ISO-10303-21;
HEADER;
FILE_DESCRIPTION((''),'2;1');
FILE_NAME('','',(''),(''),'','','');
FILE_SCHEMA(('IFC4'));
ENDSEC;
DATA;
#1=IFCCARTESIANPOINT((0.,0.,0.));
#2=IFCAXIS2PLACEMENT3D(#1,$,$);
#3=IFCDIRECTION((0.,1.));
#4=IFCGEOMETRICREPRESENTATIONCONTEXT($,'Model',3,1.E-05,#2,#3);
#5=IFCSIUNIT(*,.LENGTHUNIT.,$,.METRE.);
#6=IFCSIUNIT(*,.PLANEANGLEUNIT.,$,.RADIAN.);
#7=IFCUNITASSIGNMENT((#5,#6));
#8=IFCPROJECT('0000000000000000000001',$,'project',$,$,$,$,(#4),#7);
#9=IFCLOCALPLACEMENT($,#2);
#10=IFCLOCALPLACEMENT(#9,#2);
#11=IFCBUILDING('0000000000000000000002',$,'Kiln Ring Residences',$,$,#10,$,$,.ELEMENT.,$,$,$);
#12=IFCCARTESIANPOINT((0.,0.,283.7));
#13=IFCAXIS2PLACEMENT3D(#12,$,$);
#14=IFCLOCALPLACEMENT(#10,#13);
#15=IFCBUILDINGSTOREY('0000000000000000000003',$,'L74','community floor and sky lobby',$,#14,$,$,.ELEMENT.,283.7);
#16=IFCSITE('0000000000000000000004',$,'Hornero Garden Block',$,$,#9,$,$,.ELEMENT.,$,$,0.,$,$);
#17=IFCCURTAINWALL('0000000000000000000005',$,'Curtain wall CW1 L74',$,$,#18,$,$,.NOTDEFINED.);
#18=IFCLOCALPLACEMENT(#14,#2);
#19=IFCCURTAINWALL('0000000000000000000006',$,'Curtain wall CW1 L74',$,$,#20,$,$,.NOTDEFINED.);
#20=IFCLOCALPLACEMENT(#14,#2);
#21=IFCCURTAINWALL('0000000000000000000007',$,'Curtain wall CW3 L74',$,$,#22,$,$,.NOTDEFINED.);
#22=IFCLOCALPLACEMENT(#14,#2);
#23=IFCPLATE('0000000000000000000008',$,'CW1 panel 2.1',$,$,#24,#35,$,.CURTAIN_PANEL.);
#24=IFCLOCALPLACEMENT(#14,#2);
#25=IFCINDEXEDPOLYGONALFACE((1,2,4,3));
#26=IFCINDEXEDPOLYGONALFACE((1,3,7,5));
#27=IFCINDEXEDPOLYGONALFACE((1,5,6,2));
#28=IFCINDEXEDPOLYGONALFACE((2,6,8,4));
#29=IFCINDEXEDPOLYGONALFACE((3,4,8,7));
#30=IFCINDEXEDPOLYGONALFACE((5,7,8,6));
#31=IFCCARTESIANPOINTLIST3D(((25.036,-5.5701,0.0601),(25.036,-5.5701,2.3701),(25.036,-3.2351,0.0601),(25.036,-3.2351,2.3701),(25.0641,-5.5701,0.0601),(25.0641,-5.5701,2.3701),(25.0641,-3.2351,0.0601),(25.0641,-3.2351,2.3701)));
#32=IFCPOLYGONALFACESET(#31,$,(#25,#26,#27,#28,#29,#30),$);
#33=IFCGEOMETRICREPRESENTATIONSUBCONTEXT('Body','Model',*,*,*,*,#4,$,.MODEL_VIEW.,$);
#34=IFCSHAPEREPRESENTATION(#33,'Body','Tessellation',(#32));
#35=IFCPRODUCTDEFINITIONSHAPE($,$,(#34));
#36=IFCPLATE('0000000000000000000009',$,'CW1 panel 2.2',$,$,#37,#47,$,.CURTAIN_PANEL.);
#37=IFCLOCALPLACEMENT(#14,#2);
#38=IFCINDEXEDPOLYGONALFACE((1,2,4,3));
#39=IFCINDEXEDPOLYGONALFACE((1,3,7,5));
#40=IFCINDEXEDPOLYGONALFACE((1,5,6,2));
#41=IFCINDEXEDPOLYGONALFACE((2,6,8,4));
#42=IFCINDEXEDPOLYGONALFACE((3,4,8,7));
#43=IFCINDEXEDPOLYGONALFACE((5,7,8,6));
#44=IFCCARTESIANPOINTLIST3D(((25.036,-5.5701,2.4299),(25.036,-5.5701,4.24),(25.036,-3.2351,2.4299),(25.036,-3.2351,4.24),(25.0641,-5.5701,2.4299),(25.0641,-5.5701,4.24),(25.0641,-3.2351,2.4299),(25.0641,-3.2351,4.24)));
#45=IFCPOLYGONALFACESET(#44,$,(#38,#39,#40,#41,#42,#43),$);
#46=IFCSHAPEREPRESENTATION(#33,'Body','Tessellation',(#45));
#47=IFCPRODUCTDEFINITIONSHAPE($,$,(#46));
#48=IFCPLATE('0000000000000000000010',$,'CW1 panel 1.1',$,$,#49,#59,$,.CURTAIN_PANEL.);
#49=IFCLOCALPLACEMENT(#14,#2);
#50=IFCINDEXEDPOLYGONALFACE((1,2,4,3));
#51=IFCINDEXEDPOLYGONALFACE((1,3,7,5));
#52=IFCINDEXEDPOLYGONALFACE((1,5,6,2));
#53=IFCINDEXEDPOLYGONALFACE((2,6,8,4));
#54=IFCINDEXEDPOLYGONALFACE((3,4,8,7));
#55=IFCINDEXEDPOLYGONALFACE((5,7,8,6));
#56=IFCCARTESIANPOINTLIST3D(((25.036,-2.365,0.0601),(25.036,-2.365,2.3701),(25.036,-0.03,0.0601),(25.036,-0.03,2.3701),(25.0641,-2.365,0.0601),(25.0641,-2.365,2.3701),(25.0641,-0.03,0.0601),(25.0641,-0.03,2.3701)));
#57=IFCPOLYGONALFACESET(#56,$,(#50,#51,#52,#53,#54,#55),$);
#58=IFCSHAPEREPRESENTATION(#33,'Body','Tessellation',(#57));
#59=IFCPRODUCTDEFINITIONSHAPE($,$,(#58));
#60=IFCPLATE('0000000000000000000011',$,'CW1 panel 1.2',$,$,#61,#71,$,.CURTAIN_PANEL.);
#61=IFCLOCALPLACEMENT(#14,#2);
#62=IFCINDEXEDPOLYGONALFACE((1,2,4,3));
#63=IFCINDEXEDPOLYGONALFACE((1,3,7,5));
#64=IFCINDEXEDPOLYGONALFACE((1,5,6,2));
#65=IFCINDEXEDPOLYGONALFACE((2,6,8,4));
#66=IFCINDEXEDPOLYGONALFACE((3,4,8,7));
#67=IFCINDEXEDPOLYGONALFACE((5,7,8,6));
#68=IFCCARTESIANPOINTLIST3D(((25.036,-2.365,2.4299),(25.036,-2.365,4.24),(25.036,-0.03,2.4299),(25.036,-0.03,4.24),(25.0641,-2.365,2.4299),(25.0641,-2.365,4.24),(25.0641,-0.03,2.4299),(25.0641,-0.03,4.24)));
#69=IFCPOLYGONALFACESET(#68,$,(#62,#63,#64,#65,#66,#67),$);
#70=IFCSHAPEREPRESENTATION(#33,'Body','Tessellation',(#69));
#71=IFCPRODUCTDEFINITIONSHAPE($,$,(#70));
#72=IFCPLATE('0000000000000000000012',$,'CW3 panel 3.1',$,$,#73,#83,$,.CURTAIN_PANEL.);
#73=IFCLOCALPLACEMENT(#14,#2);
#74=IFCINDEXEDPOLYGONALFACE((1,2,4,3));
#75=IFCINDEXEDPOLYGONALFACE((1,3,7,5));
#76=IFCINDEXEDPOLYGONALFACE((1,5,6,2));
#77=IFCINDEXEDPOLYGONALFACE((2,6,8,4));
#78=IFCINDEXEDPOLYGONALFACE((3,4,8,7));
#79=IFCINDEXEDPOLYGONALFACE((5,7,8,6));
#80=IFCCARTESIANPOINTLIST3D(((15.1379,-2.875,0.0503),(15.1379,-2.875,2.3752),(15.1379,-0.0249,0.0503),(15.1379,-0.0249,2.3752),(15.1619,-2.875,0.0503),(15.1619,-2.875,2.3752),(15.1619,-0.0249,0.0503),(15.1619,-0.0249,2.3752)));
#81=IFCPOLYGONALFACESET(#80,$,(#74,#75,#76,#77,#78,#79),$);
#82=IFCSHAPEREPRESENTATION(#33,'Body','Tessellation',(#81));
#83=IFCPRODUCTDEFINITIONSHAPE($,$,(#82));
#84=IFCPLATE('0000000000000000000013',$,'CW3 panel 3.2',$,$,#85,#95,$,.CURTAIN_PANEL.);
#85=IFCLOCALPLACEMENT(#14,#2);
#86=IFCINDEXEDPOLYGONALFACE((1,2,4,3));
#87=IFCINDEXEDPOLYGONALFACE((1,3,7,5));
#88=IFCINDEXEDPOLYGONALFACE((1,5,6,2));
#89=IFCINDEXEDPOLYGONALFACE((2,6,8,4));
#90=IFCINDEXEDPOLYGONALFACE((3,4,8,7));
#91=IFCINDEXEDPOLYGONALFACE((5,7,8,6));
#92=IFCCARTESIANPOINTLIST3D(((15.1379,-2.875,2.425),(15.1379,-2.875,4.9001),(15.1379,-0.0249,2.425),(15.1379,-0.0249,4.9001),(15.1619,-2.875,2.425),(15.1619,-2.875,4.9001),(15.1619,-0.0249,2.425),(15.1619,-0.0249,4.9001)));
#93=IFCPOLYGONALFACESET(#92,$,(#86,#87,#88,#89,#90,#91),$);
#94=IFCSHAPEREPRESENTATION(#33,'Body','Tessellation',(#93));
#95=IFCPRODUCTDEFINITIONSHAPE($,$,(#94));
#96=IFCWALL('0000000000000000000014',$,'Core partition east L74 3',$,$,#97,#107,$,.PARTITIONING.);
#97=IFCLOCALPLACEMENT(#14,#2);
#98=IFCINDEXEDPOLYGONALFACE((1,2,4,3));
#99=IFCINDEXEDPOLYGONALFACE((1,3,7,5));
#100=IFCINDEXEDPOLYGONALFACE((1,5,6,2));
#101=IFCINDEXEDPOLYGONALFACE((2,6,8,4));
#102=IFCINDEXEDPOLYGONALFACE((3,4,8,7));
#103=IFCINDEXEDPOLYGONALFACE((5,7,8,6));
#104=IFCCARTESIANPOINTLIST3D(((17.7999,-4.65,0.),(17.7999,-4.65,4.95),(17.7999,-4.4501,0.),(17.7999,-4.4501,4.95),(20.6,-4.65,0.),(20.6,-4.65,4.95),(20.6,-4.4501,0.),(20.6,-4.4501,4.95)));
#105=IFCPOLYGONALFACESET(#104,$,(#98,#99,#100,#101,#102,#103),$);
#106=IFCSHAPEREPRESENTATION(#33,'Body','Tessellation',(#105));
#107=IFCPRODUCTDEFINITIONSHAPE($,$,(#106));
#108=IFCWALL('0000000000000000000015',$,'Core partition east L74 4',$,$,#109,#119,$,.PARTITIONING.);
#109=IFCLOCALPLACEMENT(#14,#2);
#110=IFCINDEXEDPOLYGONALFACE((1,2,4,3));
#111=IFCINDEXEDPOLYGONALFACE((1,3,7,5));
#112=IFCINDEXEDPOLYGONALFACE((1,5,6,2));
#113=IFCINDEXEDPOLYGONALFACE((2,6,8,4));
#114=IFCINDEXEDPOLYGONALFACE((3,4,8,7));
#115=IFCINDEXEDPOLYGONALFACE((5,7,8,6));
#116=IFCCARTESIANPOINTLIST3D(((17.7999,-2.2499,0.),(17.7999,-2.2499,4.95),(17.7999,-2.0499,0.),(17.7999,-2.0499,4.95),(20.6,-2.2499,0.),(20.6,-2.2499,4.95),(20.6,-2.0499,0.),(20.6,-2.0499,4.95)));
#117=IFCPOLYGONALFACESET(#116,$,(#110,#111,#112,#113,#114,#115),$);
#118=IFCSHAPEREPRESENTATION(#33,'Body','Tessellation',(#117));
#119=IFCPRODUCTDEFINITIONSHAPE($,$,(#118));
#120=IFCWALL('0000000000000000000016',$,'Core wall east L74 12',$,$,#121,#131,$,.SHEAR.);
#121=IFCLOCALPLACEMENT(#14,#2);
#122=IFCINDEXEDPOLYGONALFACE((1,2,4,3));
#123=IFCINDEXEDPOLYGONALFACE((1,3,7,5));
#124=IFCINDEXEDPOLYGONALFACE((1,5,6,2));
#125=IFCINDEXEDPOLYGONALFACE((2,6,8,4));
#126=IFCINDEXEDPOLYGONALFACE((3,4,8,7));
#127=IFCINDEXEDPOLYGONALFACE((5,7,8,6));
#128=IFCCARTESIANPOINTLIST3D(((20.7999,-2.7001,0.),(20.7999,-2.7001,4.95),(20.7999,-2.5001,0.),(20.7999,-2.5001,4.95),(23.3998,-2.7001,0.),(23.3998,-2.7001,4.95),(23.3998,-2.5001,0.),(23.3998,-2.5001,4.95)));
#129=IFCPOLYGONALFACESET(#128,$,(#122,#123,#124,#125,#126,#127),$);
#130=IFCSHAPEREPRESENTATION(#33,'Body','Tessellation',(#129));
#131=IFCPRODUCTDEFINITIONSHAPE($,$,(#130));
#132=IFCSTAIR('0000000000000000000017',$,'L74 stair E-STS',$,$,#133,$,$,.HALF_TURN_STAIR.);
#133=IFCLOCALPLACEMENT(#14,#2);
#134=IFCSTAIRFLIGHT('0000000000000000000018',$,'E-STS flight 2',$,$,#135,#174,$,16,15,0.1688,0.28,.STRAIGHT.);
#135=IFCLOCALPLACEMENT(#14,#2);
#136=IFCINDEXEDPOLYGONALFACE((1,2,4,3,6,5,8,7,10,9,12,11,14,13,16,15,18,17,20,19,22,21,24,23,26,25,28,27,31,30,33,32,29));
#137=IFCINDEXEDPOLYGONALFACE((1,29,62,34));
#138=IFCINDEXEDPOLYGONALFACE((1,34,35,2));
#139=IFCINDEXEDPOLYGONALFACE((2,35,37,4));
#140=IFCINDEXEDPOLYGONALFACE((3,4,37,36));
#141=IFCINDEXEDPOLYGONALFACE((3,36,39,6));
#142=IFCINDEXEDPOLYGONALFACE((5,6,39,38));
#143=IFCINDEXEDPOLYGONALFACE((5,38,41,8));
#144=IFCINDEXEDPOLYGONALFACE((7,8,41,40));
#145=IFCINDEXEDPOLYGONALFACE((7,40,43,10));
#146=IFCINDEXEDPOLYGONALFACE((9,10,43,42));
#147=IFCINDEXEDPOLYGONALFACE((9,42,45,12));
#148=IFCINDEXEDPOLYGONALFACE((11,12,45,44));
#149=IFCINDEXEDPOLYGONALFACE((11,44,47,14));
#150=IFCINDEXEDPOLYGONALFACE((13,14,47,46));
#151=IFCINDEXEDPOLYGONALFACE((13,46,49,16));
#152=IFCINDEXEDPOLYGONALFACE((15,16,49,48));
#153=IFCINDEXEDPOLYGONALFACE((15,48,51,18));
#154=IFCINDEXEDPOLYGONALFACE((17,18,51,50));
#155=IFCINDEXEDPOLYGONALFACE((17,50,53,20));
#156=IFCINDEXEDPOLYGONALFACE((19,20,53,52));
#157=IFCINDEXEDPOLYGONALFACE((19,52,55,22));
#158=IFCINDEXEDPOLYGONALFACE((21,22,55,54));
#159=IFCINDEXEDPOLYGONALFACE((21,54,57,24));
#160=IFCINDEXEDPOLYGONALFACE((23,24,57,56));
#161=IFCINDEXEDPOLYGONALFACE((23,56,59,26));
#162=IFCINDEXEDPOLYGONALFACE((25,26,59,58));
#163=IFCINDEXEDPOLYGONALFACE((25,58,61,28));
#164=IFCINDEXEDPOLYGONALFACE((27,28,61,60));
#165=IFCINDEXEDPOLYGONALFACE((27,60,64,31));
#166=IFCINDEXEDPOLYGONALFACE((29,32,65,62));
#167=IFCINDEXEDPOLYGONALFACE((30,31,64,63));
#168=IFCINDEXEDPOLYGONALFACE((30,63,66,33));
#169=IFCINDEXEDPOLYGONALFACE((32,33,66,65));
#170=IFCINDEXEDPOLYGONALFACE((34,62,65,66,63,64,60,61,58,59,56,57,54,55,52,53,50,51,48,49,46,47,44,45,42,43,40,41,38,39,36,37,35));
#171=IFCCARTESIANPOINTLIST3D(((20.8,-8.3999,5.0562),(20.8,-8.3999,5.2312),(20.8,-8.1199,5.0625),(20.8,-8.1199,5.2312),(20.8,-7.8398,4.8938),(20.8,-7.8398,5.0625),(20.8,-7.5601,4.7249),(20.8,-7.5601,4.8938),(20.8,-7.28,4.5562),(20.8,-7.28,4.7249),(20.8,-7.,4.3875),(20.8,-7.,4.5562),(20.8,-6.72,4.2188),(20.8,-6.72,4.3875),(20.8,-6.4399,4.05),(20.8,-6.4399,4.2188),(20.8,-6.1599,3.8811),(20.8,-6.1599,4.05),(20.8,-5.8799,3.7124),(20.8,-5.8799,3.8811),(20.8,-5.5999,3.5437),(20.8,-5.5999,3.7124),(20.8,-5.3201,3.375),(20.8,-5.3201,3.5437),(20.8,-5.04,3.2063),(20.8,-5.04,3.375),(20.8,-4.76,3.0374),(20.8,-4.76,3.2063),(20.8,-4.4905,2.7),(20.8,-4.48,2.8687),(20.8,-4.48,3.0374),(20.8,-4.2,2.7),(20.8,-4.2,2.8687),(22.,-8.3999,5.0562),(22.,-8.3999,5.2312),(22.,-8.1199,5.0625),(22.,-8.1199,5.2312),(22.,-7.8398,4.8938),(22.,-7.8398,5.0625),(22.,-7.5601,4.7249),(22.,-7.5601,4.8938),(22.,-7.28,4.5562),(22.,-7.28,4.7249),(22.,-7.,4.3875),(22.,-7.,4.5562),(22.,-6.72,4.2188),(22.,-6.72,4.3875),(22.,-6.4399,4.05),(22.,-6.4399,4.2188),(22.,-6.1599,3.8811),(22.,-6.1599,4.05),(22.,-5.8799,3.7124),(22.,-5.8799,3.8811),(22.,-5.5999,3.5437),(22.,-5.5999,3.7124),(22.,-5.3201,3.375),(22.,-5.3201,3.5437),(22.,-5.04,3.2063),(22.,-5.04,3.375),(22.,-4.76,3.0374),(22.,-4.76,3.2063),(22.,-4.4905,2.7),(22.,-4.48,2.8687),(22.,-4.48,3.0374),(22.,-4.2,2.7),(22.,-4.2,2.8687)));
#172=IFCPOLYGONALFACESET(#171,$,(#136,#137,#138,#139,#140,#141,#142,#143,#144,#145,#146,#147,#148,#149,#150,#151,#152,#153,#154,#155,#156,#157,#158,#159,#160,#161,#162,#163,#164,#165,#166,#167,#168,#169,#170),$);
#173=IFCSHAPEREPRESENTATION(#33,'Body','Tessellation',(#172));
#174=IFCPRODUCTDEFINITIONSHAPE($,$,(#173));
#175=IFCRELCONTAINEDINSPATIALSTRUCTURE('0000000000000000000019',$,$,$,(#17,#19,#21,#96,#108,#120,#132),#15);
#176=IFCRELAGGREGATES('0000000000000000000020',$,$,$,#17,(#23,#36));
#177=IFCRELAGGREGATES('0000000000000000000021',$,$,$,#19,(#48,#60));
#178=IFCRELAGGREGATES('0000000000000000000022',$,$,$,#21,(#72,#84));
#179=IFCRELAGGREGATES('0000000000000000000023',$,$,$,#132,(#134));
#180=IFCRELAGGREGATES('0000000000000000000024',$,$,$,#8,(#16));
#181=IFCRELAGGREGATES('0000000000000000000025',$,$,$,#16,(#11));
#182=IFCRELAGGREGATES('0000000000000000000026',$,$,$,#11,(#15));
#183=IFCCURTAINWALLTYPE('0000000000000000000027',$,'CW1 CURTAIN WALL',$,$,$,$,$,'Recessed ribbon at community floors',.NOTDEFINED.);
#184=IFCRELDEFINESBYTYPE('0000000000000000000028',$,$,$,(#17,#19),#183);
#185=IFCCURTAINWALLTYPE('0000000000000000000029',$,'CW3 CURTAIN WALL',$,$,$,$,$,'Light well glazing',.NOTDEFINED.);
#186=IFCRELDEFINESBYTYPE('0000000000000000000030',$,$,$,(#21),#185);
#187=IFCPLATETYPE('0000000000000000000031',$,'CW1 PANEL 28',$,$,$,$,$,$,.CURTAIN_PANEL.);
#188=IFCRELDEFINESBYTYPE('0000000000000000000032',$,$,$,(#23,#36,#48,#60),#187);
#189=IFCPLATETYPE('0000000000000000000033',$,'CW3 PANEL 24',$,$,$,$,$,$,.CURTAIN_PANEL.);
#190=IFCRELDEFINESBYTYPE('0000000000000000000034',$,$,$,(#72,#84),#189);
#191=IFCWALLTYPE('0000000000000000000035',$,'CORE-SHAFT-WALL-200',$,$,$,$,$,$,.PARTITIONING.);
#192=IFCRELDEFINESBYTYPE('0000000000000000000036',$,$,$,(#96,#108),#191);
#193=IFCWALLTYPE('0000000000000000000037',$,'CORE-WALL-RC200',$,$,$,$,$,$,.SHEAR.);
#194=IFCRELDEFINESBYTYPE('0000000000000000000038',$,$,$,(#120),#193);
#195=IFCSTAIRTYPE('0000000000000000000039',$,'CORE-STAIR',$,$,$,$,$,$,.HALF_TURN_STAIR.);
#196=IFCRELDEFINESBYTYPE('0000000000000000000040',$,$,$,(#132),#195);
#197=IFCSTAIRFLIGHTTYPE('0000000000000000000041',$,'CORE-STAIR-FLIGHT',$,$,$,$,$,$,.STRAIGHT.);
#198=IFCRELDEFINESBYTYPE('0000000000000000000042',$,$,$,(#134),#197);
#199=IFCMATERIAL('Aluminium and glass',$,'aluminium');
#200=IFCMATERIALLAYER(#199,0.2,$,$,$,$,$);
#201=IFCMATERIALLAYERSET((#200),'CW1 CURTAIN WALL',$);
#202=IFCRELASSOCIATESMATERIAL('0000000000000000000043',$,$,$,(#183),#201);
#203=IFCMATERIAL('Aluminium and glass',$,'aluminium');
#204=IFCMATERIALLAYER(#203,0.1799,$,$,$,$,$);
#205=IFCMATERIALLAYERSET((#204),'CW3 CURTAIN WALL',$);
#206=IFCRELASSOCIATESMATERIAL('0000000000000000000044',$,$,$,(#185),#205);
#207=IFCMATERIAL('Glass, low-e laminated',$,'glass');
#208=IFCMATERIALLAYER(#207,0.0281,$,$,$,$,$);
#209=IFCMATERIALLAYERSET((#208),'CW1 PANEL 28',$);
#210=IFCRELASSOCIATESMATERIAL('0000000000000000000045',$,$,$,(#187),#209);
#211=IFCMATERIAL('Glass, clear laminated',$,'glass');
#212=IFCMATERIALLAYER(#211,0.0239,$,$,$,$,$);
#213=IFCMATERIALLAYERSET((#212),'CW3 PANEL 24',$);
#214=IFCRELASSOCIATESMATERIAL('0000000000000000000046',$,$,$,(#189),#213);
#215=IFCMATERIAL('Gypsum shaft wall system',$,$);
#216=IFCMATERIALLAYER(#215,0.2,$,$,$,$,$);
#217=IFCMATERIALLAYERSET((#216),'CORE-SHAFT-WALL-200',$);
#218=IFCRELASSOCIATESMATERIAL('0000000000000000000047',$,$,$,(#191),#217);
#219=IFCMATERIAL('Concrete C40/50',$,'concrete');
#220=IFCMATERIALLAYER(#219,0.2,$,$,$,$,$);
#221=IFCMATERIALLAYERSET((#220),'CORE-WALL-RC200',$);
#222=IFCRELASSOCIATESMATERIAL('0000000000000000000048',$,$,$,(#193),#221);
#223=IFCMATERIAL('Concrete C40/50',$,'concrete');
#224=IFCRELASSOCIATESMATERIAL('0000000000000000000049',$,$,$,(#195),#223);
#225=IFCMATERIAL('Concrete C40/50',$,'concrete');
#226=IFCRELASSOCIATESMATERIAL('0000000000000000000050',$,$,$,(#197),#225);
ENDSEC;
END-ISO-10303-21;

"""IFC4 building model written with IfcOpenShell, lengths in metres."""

from ifc_helpers import new_model, si_unit, direction, frame, frame_2d, origin, origin_2d, place, context, subcontext, project, spatial, polyline, rectangle, outline, extrude, material, layer, layer_set, type_object, element, aggregate, save


model = new_model("IFC4")

# Units and contexts
model_context = context("Model", 3, precision=1e-05, world=origin(), true_north=direction((0.0, 1.0)))
body_context = subcontext(model_context, "Body", "Model", "MODEL_VIEW")
ifc_project = project(units=[si_unit("LENGTHUNIT", "METRE"), si_unit("PLANEANGLEUNIT", "RADIAN")], contexts=[model_context])

# Site, building, storey
site_placement = place(None, origin())
site = spatial("IfcSite", under=ifc_project, at=site_placement, Name="Hornero Garden Block", CompositionType="ELEMENT", RefElevation=0.0)
building_placement = place(site_placement, origin())
building = spatial("IfcBuilding", under=site, at=building_placement, Name="Kiln Ring Residences", CompositionType="ELEMENT")
storey_placement = place(building_placement, frame((0.0, 0.0, 283.7)))
storey = spatial("IfcBuildingStorey", under=building, at=storey_placement, Name="L74", Description="community floor and sky lobby", CompositionType="ELEMENT", Elevation=283.7)

# Curtain wall
ifc_material_1 = material(Name="Aluminium and glass", Category="aluminium")
ifc_layer_1 = layer(ifc_material_1, 0.2)
ifc_layer_set_1 = layer_set([ifc_layer_1], Name="CW1 CURTAIN WALL")
curtain_wall_type_1 = type_object("IfcCurtainWallType", Name="CW1 CURTAIN WALL", ElementType="Recessed ribbon at community floors", PredefinedType="NOTDEFINED", material=ifc_layer_set_1)
placement = place(storey_placement, origin())
curtain_wall_1 = element("IfcCurtainWall", 1, at=placement, inside=storey, type_object=curtain_wall_type_1, Name="Curtain wall CW1 L74", PredefinedType="NOTDEFINED")

# Curtain wall
curtain_wall_2 = element("IfcCurtainWall", 2, at=placement, inside=storey, type_object=curtain_wall_type_1, Name="Curtain wall CW1 L74", PredefinedType="NOTDEFINED")

# Curtain wall
ifc_material_2 = material(Name="Aluminium and glass", Category="aluminium")
ifc_layer_2 = layer(ifc_material_2, 0.1799)
ifc_layer_set_2 = layer_set([ifc_layer_2], Name="CW3 CURTAIN WALL")
curtain_wall_type_2 = type_object("IfcCurtainWallType", Name="CW3 CURTAIN WALL", ElementType="Light well glazing", PredefinedType="NOTDEFINED", material=ifc_layer_set_2)
curtain_wall_3 = element("IfcCurtainWall", 3, at=placement, inside=storey, type_object=curtain_wall_type_2, Name="Curtain wall CW3 L74", PredefinedType="NOTDEFINED")

# Plates
ifc_material_3 = material(Name="Glass, low-e laminated", Category="glass")
ifc_layer_3 = layer(ifc_material_3, 0.0281)
ifc_layer_set_3 = layer_set([ifc_layer_3], Name="CW1 PANEL 28")
plate_type_1 = type_object("IfcPlateType", Name="CW1 PANEL 28", PredefinedType="CURTAIN_PANEL", material=ifc_layer_set_3)
plate_1_placement = place(storey_placement, frame((25.05, -4.4026, 0.0601), z_axis=(0.0, 0.0, 1.0), x_axis=(0.0, 1.0, 0.0)))
plate_1 = element("IfcPlate", 4, at=plate_1_placement, type_object=plate_type_1, Name="CW1 panel 2.1", PredefinedType="CURTAIN_PANEL", context=body_context, shape_type="SweptSolid", body=[
    extrude(rectangle(XDim=2.335, YDim=0.0281, at=origin_2d()), origin(), (0.0, 0.0, 1.0), 2.3101),
])
plate_2_placement = place(storey_placement, frame((25.05, -4.4026, 2.4299), z_axis=(0.0, 0.0, 1.0), x_axis=(0.0, 1.0, 0.0)))
plate_2 = element("IfcPlate", 5, at=plate_2_placement, type_object=plate_type_1, Name="CW1 panel 2.2", PredefinedType="CURTAIN_PANEL", context=body_context, shape_type="SweptSolid", body=[
    extrude(rectangle(XDim=2.335, YDim=0.0281, at=origin_2d()), origin(), (0.0, 0.0, 1.0), 1.8101),
])
aggregate(curtain_wall_1, [plate_1, plate_2])
plate_3_placement = place(storey_placement, frame((25.05, -1.1975, 0.0601), z_axis=(0.0, 0.0, 1.0), x_axis=(0.0, 1.0, 0.0)))
plate_3 = element("IfcPlate", 6, at=plate_3_placement, type_object=plate_type_1, Name="CW1 panel 1.1", PredefinedType="CURTAIN_PANEL", context=body_context, shape_type="SweptSolid", body=[
    extrude(rectangle(XDim=2.335, YDim=0.0281, at=origin_2d()), origin(), (0.0, 0.0, 1.0), 2.3101),
])
plate_4_placement = place(storey_placement, frame((25.05, -1.1975, 2.4299), z_axis=(0.0, 0.0, 1.0), x_axis=(0.0, 1.0, 0.0)))
plate_4 = element("IfcPlate", 7, at=plate_4_placement, type_object=plate_type_1, Name="CW1 panel 1.2", PredefinedType="CURTAIN_PANEL", context=body_context, shape_type="SweptSolid", body=[
    extrude(rectangle(XDim=2.335, YDim=0.0281, at=origin_2d()), origin(), (0.0, 0.0, 1.0), 1.8101),
])
aggregate(curtain_wall_2, [plate_3, plate_4])
ifc_material_4 = material(Name="Glass, clear laminated", Category="glass")
ifc_layer_4 = layer(ifc_material_4, 0.0239)
ifc_layer_set_4 = layer_set([ifc_layer_4], Name="CW3 PANEL 24")
plate_type_2 = type_object("IfcPlateType", Name="CW3 PANEL 24", PredefinedType="CURTAIN_PANEL", material=ifc_layer_set_4)
plate_5_placement = place(storey_placement, frame((15.1499, -1.45, 0.0503), z_axis=(0.0, 0.0, 1.0), x_axis=(0.0, -1.0, 0.0)))
plate_5 = element("IfcPlate", 8, at=plate_5_placement, type_object=plate_type_2, Name="CW3 panel 3.1", PredefinedType="CURTAIN_PANEL", context=body_context, shape_type="SweptSolid", body=[
    extrude(rectangle(XDim=2.8501, YDim=0.0239, at=origin_2d()), origin(), (0.0, 0.0, 1.0), 2.325),
])
plate_6_placement = place(storey_placement, frame((15.1499, -1.45, 2.425), z_axis=(0.0, 0.0, 1.0), x_axis=(0.0, -1.0, 0.0)))
plate_6 = element("IfcPlate", 9, at=plate_6_placement, type_object=plate_type_2, Name="CW3 panel 3.2", PredefinedType="CURTAIN_PANEL", context=body_context, shape_type="SweptSolid", body=[
    extrude(rectangle(XDim=2.8501, YDim=0.0239, at=origin_2d()), origin(), (0.0, 0.0, 1.0), 2.4751),
])
aggregate(curtain_wall_3, [plate_5, plate_6])

# Walls
ifc_material_5 = material(Name="Gypsum shaft wall system")
ifc_layer_5 = layer(ifc_material_5, 0.2)
ifc_layer_set_5 = layer_set([ifc_layer_5], Name="CORE-SHAFT-WALL-200")
wall_type_1 = type_object("IfcWallType", Name="CORE-SHAFT-WALL-200", PredefinedType="PARTITIONING", material=ifc_layer_set_5)
for number, where, z_axis, x_axis, name in (
    (10, (17.8, -4.55, 0.0), (0.0, 0.0, 1.0), (1.0, 0.0, 0.0), "Core partition east L74 3"),
    (11, (17.8, -2.1499, 0.0), (0.0, 0.0, 1.0), (1.0, 0.0, 0.0), "Core partition east L74 4"),
):
    element("IfcWall", number, at=place(storey_placement, frame(where, z_axis=z_axis, x_axis=x_axis)), inside=storey, type_object=wall_type_1, Name=name, PredefinedType="PARTITIONING", context=body_context, shape_type="SweptSolid", body=[
        extrude(rectangle(XDim=2.8, YDim=0.2, at=frame_2d((1.3999, 0.0))), origin(), (0.0, 0.0, 1.0), 4.95),
    ])
ifc_material_6 = material(Name="Concrete C40/50", Category="concrete")
ifc_layer_6 = layer(ifc_material_6, 0.2)
ifc_layer_set_6 = layer_set([ifc_layer_6], Name="CORE-WALL-RC200")
wall_type_2 = type_object("IfcWallType", Name="CORE-WALL-RC200", PredefinedType="SHEAR", material=ifc_layer_set_6)
wall_placement = place(storey_placement, frame((20.8, -2.6001, 0.0), z_axis=(0.0, 0.0, 1.0), x_axis=(1.0, 0.0, 0.0)))
element("IfcWall", 12, at=wall_placement, inside=storey, type_object=wall_type_2, Name="Core wall east L74 12", PredefinedType="SHEAR", context=body_context, shape_type="SweptSolid", body=[
    extrude(rectangle(XDim=2.5999, YDim=0.2, at=frame_2d((1.2998, 0.0))), origin(), (0.0, 0.0, 1.0), 4.95),
])

# Stair, stair flight
ifc_material_7 = material(Name="Concrete C40/50", Category="concrete")
stair_type = type_object("IfcStairType", Name="CORE-STAIR", PredefinedType="HALF_TURN_STAIR", material=ifc_material_7)
stair = element("IfcStair", 13, at=placement, inside=storey, type_object=stair_type, Name="L74 stair E-STS", PredefinedType="HALF_TURN_STAIR")
ifc_material_8 = material(Name="Concrete C40/50", Category="concrete")
stair_flight_type = type_object("IfcStairFlightType", Name="CORE-STAIR-FLIGHT", PredefinedType="STRAIGHT", material=ifc_material_8)
stair_flight_placement = place(storey_placement, frame((21.3999, -4.2, 2.7), z_axis=(0.0, 0.0, 1.0), x_axis=(0.0, -1.0, 0.0)))
stair_flight = element("IfcStairFlight", 14, at=stair_flight_placement, type_object=stair_flight_type, Name="E-STS flight 2", NumberOfRisers=16, NumberOfTreads=15, PredefinedType="STRAIGHT", RiserHeight=0.1688, TreadLength=0.28, context=body_context, shape_type="SweptSolid", body=[
    extrude(outline(polyline([(0.0, 0.0), (0.0, 0.1687), (0.28, 0.1687), (0.28, 0.3374), (0.5601, 0.3374), (0.5601, 0.5063), (0.8401, 0.5063), (0.8401, 0.675), (1.1201, 0.675), (1.1201, 0.8438), (1.3999, 0.8438), (1.3999, 1.0125), (1.6799, 1.0125), (1.6799, 1.1812), (1.96, 1.1812), (1.96, 1.3501), (2.24, 1.3501), (2.24, 1.5188), (2.52, 1.5188), (2.52, 1.6875), (2.8, 1.6875), (2.8, 1.8562), (3.0801, 1.8562), (3.0801, 2.0249), (3.3601, 2.0249), (3.3601, 2.1938), (3.6399, 2.1938), (3.6399, 2.3625), (3.9199, 2.3625), (3.9199, 2.5312), (4.2, 2.5312), (4.2, 2.7), (4.2, 2.3562), (0.2905, 0.0), (0.0, 0.0)])), frame((0.0, 0.6001, 0.0), z_axis=(0.0, -1.0, 0.0), x_axis=(1.0, 0.0, 0.0)), (0.0, 0.0, 1.0), 1.2),
])
aggregate(stair, [stair_flight])

save(model, "model.ifc")
